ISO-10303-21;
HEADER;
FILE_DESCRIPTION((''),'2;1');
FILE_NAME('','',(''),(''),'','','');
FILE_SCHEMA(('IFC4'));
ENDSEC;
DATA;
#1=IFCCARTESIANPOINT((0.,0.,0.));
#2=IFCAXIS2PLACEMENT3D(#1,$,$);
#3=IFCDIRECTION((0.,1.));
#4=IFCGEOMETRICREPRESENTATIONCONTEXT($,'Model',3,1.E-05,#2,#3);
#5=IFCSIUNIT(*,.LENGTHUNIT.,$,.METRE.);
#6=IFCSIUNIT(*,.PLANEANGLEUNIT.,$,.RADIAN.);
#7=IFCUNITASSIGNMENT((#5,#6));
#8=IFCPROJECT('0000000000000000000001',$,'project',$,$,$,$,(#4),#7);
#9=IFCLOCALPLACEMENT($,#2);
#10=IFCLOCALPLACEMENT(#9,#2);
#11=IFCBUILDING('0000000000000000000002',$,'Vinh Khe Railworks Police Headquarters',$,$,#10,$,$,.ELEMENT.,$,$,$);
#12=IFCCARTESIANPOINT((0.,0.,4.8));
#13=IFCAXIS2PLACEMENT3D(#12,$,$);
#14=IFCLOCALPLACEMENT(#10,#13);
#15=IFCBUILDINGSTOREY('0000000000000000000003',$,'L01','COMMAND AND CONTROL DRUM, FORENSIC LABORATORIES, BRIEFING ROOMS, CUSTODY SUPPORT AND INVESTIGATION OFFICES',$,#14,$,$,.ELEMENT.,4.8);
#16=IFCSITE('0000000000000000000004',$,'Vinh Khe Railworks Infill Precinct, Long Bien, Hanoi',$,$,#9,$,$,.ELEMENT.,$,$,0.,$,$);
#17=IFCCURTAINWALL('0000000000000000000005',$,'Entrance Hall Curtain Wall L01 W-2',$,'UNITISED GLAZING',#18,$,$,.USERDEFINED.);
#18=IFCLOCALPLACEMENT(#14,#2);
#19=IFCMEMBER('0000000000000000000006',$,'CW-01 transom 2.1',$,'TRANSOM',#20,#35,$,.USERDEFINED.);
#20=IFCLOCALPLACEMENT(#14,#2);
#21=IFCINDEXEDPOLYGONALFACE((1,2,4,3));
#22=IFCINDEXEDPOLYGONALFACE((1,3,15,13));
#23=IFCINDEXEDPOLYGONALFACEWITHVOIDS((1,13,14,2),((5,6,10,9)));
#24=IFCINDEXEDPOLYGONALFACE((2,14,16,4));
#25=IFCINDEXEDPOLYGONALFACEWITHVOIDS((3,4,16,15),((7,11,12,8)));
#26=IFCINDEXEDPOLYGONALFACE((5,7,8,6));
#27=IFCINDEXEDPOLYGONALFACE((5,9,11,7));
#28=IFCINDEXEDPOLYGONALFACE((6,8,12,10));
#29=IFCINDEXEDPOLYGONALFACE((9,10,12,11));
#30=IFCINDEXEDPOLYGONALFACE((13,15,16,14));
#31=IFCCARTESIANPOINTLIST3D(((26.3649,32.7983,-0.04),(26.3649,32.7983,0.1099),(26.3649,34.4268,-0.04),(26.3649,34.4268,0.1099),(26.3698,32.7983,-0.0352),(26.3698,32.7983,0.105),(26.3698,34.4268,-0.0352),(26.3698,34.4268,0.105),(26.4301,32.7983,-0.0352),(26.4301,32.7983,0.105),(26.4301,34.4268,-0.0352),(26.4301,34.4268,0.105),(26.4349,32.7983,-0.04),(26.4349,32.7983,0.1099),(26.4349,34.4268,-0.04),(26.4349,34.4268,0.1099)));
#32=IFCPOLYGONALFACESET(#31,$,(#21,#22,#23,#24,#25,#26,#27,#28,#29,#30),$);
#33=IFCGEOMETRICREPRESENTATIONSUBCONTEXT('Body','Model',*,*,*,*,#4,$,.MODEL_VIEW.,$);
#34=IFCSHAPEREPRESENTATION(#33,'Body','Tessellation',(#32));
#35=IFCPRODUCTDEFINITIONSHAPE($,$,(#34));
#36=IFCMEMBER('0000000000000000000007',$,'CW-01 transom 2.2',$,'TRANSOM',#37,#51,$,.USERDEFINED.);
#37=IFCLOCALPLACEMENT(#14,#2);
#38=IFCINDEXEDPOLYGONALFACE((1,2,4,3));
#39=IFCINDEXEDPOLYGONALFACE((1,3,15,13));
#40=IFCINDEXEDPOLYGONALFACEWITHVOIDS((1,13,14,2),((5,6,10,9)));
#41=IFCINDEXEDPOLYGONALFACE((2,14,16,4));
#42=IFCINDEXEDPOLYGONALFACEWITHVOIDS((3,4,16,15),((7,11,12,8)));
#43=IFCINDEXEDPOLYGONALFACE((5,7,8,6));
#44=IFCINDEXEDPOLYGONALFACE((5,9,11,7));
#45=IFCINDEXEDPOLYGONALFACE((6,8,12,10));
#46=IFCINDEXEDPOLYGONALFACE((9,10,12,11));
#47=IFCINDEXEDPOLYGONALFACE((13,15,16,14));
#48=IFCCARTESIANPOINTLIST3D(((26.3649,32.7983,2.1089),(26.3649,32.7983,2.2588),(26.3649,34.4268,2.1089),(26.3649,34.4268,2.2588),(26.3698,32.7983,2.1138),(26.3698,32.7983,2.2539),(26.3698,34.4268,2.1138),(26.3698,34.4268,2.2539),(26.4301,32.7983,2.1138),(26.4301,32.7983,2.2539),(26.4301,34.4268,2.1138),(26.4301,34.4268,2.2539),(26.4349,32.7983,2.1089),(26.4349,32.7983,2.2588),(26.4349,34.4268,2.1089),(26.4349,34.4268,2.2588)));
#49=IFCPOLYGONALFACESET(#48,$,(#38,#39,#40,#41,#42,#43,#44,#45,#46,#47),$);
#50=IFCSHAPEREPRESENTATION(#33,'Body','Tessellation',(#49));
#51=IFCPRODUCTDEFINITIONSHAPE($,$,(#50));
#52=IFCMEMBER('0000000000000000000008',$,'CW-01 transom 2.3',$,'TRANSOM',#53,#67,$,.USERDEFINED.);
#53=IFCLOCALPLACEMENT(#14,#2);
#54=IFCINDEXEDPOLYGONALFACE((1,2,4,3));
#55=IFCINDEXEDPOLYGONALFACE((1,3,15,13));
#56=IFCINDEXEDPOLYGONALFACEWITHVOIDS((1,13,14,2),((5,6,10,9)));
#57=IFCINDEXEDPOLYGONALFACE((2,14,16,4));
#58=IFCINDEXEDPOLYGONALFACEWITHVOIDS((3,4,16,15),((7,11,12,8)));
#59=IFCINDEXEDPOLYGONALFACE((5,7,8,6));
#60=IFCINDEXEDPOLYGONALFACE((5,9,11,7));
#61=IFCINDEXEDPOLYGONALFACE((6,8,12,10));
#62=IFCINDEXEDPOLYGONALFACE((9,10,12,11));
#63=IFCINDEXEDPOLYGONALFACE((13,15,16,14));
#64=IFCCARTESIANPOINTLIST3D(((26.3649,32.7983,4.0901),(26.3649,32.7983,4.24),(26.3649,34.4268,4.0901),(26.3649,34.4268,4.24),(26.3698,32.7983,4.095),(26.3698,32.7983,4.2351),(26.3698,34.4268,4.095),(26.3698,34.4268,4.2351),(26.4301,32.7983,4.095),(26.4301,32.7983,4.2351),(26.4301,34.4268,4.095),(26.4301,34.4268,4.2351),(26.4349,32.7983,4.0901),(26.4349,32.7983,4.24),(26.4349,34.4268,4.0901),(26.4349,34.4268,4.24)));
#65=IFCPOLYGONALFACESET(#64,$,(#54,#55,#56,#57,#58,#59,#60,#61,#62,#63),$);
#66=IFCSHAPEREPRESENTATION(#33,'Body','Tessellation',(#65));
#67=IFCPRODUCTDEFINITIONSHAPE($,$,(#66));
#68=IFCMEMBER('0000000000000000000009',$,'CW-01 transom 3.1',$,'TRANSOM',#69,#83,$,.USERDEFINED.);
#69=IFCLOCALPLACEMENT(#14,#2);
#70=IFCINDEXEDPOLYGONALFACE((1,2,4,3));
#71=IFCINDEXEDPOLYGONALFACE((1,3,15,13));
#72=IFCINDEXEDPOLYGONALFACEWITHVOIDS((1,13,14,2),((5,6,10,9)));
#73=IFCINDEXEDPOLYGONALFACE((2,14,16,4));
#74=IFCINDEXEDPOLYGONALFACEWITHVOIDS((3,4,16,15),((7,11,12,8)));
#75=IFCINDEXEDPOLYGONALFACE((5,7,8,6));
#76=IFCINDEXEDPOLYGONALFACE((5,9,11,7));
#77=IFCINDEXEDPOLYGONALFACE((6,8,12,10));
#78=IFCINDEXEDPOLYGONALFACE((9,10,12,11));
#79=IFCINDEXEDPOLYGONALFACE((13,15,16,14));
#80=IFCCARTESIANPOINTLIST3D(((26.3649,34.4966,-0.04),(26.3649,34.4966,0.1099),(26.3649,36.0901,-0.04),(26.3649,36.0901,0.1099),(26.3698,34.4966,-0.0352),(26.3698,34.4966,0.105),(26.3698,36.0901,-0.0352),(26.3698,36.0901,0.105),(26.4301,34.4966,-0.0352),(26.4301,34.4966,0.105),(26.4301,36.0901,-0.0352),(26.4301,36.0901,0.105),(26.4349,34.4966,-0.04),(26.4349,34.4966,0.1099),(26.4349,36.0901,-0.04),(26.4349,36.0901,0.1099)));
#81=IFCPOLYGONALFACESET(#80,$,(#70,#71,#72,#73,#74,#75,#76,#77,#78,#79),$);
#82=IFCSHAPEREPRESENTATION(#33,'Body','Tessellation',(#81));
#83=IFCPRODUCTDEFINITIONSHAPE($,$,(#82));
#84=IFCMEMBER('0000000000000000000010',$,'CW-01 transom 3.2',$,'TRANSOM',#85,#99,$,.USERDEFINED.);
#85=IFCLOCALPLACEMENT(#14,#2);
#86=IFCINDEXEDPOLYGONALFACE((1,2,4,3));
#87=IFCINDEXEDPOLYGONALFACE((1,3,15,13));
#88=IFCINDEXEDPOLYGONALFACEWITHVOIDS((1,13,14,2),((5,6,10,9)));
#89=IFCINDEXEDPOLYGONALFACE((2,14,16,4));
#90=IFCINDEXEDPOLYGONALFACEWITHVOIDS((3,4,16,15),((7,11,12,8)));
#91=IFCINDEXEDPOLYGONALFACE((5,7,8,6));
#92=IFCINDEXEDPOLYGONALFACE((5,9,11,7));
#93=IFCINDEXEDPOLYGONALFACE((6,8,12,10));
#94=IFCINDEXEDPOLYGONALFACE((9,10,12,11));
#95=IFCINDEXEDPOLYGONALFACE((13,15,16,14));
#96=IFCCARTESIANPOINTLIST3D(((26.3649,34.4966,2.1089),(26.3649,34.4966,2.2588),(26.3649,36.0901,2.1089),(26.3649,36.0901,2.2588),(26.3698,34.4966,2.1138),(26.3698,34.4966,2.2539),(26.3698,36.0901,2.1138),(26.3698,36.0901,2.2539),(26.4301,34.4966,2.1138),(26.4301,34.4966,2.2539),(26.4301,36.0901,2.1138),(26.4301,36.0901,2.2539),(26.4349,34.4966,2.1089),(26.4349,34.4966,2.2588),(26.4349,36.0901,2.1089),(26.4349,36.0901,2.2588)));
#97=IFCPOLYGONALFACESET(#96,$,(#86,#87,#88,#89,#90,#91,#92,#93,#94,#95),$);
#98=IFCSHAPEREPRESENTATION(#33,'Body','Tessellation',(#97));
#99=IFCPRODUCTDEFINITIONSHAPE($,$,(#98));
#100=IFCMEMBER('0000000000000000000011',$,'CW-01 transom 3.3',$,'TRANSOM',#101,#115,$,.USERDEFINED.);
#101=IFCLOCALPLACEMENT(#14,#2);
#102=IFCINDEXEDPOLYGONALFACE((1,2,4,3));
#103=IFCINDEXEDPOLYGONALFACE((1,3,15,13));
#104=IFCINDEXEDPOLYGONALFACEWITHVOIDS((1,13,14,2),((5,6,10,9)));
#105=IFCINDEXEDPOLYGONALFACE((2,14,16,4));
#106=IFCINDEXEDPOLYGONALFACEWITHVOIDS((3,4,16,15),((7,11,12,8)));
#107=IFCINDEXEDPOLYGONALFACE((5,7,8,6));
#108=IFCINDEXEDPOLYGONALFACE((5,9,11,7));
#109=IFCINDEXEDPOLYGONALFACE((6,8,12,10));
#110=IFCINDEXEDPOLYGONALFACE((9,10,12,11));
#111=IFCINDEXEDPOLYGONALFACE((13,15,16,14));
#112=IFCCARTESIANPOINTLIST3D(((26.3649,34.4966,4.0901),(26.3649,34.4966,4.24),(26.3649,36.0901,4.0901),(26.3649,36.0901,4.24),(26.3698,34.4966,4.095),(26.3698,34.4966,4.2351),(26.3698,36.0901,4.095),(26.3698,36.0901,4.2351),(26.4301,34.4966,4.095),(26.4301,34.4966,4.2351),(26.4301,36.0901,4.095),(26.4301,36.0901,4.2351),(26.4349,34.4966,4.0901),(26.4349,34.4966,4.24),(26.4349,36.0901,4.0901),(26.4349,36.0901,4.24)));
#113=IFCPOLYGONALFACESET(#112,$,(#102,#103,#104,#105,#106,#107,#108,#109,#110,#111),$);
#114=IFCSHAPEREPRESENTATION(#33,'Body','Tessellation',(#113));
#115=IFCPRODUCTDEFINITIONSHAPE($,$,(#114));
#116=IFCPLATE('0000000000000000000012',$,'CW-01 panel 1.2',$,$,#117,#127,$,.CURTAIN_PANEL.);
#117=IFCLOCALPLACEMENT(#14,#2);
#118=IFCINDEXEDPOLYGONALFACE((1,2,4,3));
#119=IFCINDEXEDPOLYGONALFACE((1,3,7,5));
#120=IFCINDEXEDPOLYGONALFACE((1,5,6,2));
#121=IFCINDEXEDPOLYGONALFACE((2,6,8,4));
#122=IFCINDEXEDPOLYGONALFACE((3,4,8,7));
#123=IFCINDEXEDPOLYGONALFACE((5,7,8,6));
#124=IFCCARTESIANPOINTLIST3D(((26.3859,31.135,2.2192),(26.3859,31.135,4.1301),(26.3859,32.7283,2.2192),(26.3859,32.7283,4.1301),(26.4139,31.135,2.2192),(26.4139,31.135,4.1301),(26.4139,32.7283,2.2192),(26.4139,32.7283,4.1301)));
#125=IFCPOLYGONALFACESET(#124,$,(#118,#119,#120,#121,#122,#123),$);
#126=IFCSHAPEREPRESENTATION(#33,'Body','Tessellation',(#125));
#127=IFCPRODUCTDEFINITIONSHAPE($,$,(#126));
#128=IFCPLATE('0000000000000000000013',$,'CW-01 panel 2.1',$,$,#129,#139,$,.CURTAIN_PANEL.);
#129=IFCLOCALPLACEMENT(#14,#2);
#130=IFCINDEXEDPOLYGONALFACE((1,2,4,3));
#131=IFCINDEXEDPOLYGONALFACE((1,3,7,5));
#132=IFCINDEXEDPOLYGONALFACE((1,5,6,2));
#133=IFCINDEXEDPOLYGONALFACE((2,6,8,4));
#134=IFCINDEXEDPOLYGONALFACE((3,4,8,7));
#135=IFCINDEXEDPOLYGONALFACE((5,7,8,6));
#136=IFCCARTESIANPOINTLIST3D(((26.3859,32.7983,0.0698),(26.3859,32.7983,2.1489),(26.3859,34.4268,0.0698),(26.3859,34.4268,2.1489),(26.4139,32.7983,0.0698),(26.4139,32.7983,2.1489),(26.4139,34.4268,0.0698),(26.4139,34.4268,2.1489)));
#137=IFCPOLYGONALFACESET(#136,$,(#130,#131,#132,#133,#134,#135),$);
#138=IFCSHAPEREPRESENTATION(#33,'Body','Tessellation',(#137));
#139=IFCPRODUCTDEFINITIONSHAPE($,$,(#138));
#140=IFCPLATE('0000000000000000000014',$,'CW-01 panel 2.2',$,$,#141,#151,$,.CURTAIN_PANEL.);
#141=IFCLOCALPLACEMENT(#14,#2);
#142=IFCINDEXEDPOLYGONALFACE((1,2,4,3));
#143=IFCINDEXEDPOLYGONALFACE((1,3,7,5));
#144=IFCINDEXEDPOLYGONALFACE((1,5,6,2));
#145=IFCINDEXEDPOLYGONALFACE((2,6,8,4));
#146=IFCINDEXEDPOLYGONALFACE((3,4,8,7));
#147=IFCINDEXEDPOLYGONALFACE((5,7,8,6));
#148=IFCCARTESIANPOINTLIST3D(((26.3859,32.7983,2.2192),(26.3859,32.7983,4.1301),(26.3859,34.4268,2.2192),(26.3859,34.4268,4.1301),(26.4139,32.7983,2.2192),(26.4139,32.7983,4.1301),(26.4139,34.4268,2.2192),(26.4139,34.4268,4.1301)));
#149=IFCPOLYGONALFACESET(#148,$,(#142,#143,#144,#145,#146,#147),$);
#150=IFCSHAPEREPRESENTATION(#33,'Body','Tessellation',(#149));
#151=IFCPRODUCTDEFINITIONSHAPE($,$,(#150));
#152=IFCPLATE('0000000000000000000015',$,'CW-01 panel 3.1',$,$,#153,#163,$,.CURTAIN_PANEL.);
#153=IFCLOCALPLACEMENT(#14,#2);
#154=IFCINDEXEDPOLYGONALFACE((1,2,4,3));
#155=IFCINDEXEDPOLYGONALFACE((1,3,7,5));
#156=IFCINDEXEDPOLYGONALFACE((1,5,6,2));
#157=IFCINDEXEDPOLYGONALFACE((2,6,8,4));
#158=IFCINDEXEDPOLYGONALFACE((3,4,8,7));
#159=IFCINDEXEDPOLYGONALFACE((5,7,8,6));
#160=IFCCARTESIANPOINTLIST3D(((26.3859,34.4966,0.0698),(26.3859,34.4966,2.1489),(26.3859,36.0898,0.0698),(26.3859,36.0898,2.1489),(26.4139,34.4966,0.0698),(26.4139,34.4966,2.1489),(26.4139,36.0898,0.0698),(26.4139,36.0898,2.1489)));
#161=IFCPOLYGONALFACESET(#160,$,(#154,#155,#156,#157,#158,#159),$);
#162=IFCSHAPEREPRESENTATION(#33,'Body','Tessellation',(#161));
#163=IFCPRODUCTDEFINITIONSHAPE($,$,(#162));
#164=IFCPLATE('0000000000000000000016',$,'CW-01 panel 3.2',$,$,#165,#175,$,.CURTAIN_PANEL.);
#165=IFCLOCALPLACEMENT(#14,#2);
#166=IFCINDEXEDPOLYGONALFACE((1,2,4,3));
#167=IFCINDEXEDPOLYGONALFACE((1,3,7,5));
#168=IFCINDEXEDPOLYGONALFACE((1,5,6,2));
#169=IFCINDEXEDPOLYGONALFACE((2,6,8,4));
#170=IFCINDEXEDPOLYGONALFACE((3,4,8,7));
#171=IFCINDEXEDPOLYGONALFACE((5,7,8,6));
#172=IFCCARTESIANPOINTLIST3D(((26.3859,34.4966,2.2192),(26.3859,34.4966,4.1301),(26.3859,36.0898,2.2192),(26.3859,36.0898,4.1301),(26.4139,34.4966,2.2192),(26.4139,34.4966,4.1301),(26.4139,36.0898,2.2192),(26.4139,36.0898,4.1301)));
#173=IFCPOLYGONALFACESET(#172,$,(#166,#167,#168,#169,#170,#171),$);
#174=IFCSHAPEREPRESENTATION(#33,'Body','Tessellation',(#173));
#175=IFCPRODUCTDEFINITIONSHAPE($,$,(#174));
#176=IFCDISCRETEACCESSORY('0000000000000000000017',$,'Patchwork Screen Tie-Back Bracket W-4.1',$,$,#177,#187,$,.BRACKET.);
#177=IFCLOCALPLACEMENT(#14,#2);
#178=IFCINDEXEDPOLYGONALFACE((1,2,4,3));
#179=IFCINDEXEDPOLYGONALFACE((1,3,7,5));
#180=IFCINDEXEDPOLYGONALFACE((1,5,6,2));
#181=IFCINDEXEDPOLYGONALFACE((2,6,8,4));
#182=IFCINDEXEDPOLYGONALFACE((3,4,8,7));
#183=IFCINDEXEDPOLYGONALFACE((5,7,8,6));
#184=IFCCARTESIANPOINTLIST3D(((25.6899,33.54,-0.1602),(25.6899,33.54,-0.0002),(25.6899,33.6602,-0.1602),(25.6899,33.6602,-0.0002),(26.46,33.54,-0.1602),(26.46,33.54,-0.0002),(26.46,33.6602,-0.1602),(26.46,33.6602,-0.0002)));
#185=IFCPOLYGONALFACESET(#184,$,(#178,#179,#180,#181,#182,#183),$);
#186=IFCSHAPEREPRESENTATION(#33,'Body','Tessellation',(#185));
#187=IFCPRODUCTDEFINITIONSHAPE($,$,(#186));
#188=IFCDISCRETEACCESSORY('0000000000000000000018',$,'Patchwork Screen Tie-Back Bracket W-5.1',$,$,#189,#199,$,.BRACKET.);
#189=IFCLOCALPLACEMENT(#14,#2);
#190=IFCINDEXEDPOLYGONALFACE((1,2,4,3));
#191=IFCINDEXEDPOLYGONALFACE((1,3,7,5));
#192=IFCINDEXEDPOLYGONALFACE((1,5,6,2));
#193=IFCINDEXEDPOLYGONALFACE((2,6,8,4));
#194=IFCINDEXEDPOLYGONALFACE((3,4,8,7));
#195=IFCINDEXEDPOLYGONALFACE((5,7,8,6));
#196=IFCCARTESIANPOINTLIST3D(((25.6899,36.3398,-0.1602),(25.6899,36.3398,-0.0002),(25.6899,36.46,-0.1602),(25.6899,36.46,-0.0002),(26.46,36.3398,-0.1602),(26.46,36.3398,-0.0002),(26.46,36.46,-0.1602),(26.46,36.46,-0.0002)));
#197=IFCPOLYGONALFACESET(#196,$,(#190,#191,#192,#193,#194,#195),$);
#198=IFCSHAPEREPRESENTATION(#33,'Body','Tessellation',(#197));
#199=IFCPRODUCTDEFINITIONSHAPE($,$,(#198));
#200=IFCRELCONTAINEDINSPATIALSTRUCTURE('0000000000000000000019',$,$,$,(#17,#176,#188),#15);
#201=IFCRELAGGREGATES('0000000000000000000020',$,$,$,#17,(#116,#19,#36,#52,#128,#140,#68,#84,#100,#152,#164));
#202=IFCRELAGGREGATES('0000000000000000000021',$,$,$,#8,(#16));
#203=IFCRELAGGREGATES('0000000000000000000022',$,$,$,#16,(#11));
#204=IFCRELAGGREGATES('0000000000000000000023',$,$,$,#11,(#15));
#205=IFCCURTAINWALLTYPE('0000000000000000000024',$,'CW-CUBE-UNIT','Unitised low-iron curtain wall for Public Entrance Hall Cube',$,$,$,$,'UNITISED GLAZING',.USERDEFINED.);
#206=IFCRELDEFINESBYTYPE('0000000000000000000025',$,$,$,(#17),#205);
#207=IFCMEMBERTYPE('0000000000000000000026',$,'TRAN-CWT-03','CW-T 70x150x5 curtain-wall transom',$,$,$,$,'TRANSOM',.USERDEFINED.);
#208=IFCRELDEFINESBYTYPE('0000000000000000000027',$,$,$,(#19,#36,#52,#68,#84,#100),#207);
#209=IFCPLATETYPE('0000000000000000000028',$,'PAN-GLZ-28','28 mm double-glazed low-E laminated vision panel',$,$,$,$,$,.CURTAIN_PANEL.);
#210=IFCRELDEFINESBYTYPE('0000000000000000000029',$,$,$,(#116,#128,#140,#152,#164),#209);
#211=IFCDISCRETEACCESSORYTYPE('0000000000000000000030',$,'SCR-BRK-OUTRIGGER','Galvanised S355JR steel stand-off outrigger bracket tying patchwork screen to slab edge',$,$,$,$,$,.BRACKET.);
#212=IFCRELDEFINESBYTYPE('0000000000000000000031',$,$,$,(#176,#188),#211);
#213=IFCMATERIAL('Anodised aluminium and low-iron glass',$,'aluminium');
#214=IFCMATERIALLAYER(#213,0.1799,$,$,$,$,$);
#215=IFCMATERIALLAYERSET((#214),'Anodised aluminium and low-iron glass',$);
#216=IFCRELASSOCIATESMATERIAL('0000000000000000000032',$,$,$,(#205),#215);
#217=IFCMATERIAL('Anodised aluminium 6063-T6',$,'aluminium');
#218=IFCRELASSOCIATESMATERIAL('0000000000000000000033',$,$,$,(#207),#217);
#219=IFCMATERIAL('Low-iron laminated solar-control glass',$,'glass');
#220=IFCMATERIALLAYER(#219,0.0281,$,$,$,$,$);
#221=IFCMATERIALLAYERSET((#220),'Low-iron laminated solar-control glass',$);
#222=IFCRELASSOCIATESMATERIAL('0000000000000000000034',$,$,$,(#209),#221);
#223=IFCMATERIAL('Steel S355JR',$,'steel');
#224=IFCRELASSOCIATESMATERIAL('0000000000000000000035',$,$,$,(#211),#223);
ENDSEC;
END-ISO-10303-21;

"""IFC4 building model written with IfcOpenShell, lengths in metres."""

from ifc_helpers import new_model, si_unit, direction, frame, origin, origin_2d, place, context, subcontext, project, spatial, rectangle, hollow_rectangle, extrude, material, layer, layer_set, material_profile, profile_set, type_object, element, aggregate, save


model = new_model("IFC4")

# Units and contexts
model_context = context("Model", 3, precision=1e-05, world=origin(), true_north=direction((0.0, 1.0)))
body_context = subcontext(model_context, "Body", "Model", "MODEL_VIEW")
ifc_project = project(units=[si_unit("LENGTHUNIT", "METRE"), si_unit("PLANEANGLEUNIT", "RADIAN")], contexts=[model_context])

# Site, building, storey
site_placement = place(None, origin())
site = spatial("IfcSite", under=ifc_project, at=site_placement, Name="Vinh Khe Railworks Infill Precinct, Long Bien, Hanoi", CompositionType="ELEMENT", RefElevation=0.0)
building_placement = place(site_placement, origin())
building = spatial("IfcBuilding", under=site, at=building_placement, Name="Vinh Khe Railworks Police Headquarters", CompositionType="ELEMENT")
storey_placement = place(building_placement, frame((0.0, 0.0, 4.8)))
storey = spatial("IfcBuildingStorey", under=building, at=storey_placement, Name="L01", Description="COMMAND AND CONTROL DRUM, FORENSIC LABORATORIES, BRIEFING ROOMS, CUSTODY SUPPORT AND INVESTIGATION OFFICES", CompositionType="ELEMENT", Elevation=4.8)

# Shared definitions
ifc_material_1 = material(Name="Steel S355JR", Category="steel")

# Curtain wall
ifc_material_2 = material(Name="Anodised aluminium and low-iron glass", Category="aluminium")
ifc_layer_1 = layer(ifc_material_2, 0.1799)
ifc_layer_set_1 = layer_set([ifc_layer_1], Name="Anodised aluminium and low-iron glass")
curtain_wall_type = type_object("IfcCurtainWallType", Name="CW-CUBE-UNIT", Description="Unitised low-iron curtain wall for Public Entrance Hall Cube", ElementType="UNITISED GLAZING", PredefinedType="USERDEFINED", material=ifc_layer_set_1)
curtain_wall_placement = place(storey_placement, origin())
curtain_wall = element("IfcCurtainWall", 1, at=curtain_wall_placement, inside=storey, type_object=curtain_wall_type, Name="Entrance Hall Curtain Wall L01 W-2", ObjectType="UNITISED GLAZING", PredefinedType="USERDEFINED")
ifc_material_3 = material(Name="Anodised aluminium 6063-T6", Category="aluminium")

# Members
ifc_material_profile_1 = material_profile(ifc_material_3, hollow_rectangle(XDim=0.0701, YDim=0.1499, WallThickness=0.0049, at=origin_2d()), Name="CW-T 70x150x5")
ifc_profile_set_1 = profile_set([ifc_material_profile_1], Name="Anodised aluminium 6063-T6")
member_type_1 = type_object("IfcMemberType", Name="TRAN-CWT-03", Description="CW-T 70x150x5 curtain-wall transom", ElementType="TRANSOM", PredefinedType="USERDEFINED", material=ifc_profile_set_1)
member_1_placement = place(storey_placement, frame((26.3999, 32.7983, 0.0349), z_axis=(0.0, 1.0, 0.0), x_axis=(-1.0, 0.0, 0.0)))
member_1 = element("IfcMember", 2, at=member_1_placement, type_object=member_type_1, Name="CW-01 transom 2.1", ObjectType="TRANSOM", PredefinedType="USERDEFINED", context=body_context, shape_type="SweptSolid", body=[
    extrude(hollow_rectangle(XDim=0.0701, YDim=0.1499, WallThickness=0.0049, at=origin_2d()), origin(), (0.0, 0.0, 1.0), 1.6284),
])
member_2_placement = place(storey_placement, frame((26.3999, 32.7983, 2.1838), z_axis=(0.0, 1.0, 0.0), x_axis=(-1.0, 0.0, 0.0)))
member_2 = element("IfcMember", 3, at=member_2_placement, type_object=member_type_1, Name="CW-01 transom 2.2", ObjectType="TRANSOM", PredefinedType="USERDEFINED", context=body_context, shape_type="SweptSolid", body=[
    extrude(hollow_rectangle(XDim=0.0701, YDim=0.1499, WallThickness=0.0049, at=origin_2d()), origin(), (0.0, 0.0, 1.0), 1.6284),
])
member_3_placement = place(storey_placement, frame((26.3999, 32.7983, 4.165), z_axis=(0.0, 1.0, 0.0), x_axis=(-1.0, 0.0, 0.0)))
member_3 = element("IfcMember", 4, at=member_3_placement, type_object=member_type_1, Name="CW-01 transom 2.3", ObjectType="TRANSOM", PredefinedType="USERDEFINED", context=body_context, shape_type="SweptSolid", body=[
    extrude(hollow_rectangle(XDim=0.0701, YDim=0.1499, WallThickness=0.0049, at=origin_2d()), origin(), (0.0, 0.0, 1.0), 1.6284),
])
member_4_placement = place(storey_placement, frame((26.3999, 34.4966, 0.0349), z_axis=(0.0, 1.0, 0.0), x_axis=(-1.0, 0.0, 0.0)))
member_4 = element("IfcMember", 5, at=member_4_placement, type_object=member_type_1, Name="CW-01 transom 3.1", ObjectType="TRANSOM", PredefinedType="USERDEFINED", context=body_context, shape_type="SweptSolid", body=[
    extrude(hollow_rectangle(XDim=0.0701, YDim=0.1499, WallThickness=0.0049, at=origin_2d()), origin(), (0.0, 0.0, 1.0), 1.5935),
])
member_5_placement = place(storey_placement, frame((26.3999, 34.4966, 2.1838), z_axis=(0.0, 1.0, 0.0), x_axis=(-1.0, 0.0, 0.0)))
member_5 = element("IfcMember", 6, at=member_5_placement, type_object=member_type_1, Name="CW-01 transom 3.2", ObjectType="TRANSOM", PredefinedType="USERDEFINED", context=body_context, shape_type="SweptSolid", body=[
    extrude(hollow_rectangle(XDim=0.0701, YDim=0.1499, WallThickness=0.0049, at=origin_2d()), origin(), (0.0, 0.0, 1.0), 1.5935),
])
member_6_placement = place(storey_placement, frame((26.3999, 34.4966, 4.165), z_axis=(0.0, 1.0, 0.0), x_axis=(-1.0, 0.0, 0.0)))
member_6 = element("IfcMember", 7, at=member_6_placement, type_object=member_type_1, Name="CW-01 transom 3.3", ObjectType="TRANSOM", PredefinedType="USERDEFINED", context=body_context, shape_type="SweptSolid", body=[
    extrude(hollow_rectangle(XDim=0.0701, YDim=0.1499, WallThickness=0.0049, at=origin_2d()), origin(), (0.0, 0.0, 1.0), 1.5935),
])

# Plates
ifc_material_4 = material(Name="Low-iron laminated solar-control glass", Category="glass")
ifc_layer_2 = layer(ifc_material_4, 0.0281)
ifc_layer_set_2 = layer_set([ifc_layer_2], Name="Low-iron laminated solar-control glass")
plate_type = type_object("IfcPlateType", Name="PAN-GLZ-28", Description="28 mm double-glazed low-E laminated vision panel", PredefinedType="CURTAIN_PANEL", material=ifc_layer_set_2)
plate_1_placement = place(storey_placement, frame((26.3999, 31.9316, 2.2192), z_axis=(0.0, 0.0, 1.0), x_axis=(0.0, 1.0, 0.0)))
plate_1 = element("IfcPlate", 8, at=plate_1_placement, type_object=plate_type, Name="CW-01 panel 1.2", PredefinedType="CURTAIN_PANEL", context=body_context, shape_type="SweptSolid", body=[
    extrude(rectangle(XDim=1.5933, YDim=0.0281, at=origin_2d()), origin(), (0.0, 0.0, 1.0), 1.9109),
])
plate_2_placement = place(storey_placement, frame((26.3999, 33.6125, 0.0698), z_axis=(0.0, 0.0, 1.0), x_axis=(0.0, 1.0, 0.0)))
plate_2 = element("IfcPlate", 9, at=plate_2_placement, type_object=plate_type, Name="CW-01 panel 2.1", PredefinedType="CURTAIN_PANEL", context=body_context, shape_type="SweptSolid", body=[
    extrude(rectangle(XDim=1.6284, YDim=0.0281, at=origin_2d()), origin(), (0.0, 0.0, 1.0), 2.0791),
])
plate_3_placement = place(storey_placement, frame((26.3999, 33.6125, 2.2192), z_axis=(0.0, 0.0, 1.0), x_axis=(0.0, 1.0, 0.0)))
plate_3 = element("IfcPlate", 10, at=plate_3_placement, type_object=plate_type, Name="CW-01 panel 2.2", PredefinedType="CURTAIN_PANEL", context=body_context, shape_type="SweptSolid", body=[
    extrude(rectangle(XDim=1.6284, YDim=0.0281, at=origin_2d()), origin(), (0.0, 0.0, 1.0), 1.9109),
])
plate_4_placement = place(storey_placement, frame((26.3999, 35.2932, 0.0698), z_axis=(0.0, 0.0, 1.0), x_axis=(0.0, 1.0, 0.0)))
plate_4 = element("IfcPlate", 11, at=plate_4_placement, type_object=plate_type, Name="CW-01 panel 3.1", PredefinedType="CURTAIN_PANEL", context=body_context, shape_type="SweptSolid", body=[
    extrude(rectangle(XDim=1.5933, YDim=0.0281, at=origin_2d()), origin(), (0.0, 0.0, 1.0), 2.0791),
])
plate_5_placement = place(storey_placement, frame((26.3999, 35.2932, 2.2192), z_axis=(0.0, 0.0, 1.0), x_axis=(0.0, 1.0, 0.0)))
plate_5 = element("IfcPlate", 12, at=plate_5_placement, type_object=plate_type, Name="CW-01 panel 3.2", PredefinedType="CURTAIN_PANEL", context=body_context, shape_type="SweptSolid", body=[
    extrude(rectangle(XDim=1.5933, YDim=0.0281, at=origin_2d()), origin(), (0.0, 0.0, 1.0), 1.9109),
])
aggregate(curtain_wall, [plate_1, member_1, member_2, member_3, plate_2, plate_3, member_4, member_5, member_6, plate_4, plate_5])

# Discrete accessories
discrete_accessory_type_1 = type_object("IfcDiscreteAccessoryType", Name="SCR-BRK-OUTRIGGER", Description="Galvanised S355JR steel stand-off outrigger bracket tying patchwork screen to slab edge", PredefinedType="BRACKET", material=ifc_material_1)
for number, where, z_axis, x_axis, name in (
    (13, (26.075, 33.6001, -0.1602), (0.0, 0.0, 1.0), (1.0, 0.0, 0.0), "Patchwork Screen Tie-Back Bracket W-4.1"),
    (14, (26.075, 36.3999, -0.1602), (0.0, 0.0, 1.0), (1.0, 0.0, 0.0), "Patchwork Screen Tie-Back Bracket W-5.1"),
):
    element("IfcDiscreteAccessory", number, at=place(storey_placement, frame(where, z_axis=z_axis, x_axis=x_axis)), inside=storey, type_object=discrete_accessory_type_1, Name=name, PredefinedType="BRACKET", context=body_context, shape_type="SweptSolid", body=[
        extrude(rectangle(XDim=0.77, YDim=0.1201, at=origin_2d()), origin(), (0.0, 0.0, 1.0), 0.1599),
    ])

save(model, "model.ifc")
